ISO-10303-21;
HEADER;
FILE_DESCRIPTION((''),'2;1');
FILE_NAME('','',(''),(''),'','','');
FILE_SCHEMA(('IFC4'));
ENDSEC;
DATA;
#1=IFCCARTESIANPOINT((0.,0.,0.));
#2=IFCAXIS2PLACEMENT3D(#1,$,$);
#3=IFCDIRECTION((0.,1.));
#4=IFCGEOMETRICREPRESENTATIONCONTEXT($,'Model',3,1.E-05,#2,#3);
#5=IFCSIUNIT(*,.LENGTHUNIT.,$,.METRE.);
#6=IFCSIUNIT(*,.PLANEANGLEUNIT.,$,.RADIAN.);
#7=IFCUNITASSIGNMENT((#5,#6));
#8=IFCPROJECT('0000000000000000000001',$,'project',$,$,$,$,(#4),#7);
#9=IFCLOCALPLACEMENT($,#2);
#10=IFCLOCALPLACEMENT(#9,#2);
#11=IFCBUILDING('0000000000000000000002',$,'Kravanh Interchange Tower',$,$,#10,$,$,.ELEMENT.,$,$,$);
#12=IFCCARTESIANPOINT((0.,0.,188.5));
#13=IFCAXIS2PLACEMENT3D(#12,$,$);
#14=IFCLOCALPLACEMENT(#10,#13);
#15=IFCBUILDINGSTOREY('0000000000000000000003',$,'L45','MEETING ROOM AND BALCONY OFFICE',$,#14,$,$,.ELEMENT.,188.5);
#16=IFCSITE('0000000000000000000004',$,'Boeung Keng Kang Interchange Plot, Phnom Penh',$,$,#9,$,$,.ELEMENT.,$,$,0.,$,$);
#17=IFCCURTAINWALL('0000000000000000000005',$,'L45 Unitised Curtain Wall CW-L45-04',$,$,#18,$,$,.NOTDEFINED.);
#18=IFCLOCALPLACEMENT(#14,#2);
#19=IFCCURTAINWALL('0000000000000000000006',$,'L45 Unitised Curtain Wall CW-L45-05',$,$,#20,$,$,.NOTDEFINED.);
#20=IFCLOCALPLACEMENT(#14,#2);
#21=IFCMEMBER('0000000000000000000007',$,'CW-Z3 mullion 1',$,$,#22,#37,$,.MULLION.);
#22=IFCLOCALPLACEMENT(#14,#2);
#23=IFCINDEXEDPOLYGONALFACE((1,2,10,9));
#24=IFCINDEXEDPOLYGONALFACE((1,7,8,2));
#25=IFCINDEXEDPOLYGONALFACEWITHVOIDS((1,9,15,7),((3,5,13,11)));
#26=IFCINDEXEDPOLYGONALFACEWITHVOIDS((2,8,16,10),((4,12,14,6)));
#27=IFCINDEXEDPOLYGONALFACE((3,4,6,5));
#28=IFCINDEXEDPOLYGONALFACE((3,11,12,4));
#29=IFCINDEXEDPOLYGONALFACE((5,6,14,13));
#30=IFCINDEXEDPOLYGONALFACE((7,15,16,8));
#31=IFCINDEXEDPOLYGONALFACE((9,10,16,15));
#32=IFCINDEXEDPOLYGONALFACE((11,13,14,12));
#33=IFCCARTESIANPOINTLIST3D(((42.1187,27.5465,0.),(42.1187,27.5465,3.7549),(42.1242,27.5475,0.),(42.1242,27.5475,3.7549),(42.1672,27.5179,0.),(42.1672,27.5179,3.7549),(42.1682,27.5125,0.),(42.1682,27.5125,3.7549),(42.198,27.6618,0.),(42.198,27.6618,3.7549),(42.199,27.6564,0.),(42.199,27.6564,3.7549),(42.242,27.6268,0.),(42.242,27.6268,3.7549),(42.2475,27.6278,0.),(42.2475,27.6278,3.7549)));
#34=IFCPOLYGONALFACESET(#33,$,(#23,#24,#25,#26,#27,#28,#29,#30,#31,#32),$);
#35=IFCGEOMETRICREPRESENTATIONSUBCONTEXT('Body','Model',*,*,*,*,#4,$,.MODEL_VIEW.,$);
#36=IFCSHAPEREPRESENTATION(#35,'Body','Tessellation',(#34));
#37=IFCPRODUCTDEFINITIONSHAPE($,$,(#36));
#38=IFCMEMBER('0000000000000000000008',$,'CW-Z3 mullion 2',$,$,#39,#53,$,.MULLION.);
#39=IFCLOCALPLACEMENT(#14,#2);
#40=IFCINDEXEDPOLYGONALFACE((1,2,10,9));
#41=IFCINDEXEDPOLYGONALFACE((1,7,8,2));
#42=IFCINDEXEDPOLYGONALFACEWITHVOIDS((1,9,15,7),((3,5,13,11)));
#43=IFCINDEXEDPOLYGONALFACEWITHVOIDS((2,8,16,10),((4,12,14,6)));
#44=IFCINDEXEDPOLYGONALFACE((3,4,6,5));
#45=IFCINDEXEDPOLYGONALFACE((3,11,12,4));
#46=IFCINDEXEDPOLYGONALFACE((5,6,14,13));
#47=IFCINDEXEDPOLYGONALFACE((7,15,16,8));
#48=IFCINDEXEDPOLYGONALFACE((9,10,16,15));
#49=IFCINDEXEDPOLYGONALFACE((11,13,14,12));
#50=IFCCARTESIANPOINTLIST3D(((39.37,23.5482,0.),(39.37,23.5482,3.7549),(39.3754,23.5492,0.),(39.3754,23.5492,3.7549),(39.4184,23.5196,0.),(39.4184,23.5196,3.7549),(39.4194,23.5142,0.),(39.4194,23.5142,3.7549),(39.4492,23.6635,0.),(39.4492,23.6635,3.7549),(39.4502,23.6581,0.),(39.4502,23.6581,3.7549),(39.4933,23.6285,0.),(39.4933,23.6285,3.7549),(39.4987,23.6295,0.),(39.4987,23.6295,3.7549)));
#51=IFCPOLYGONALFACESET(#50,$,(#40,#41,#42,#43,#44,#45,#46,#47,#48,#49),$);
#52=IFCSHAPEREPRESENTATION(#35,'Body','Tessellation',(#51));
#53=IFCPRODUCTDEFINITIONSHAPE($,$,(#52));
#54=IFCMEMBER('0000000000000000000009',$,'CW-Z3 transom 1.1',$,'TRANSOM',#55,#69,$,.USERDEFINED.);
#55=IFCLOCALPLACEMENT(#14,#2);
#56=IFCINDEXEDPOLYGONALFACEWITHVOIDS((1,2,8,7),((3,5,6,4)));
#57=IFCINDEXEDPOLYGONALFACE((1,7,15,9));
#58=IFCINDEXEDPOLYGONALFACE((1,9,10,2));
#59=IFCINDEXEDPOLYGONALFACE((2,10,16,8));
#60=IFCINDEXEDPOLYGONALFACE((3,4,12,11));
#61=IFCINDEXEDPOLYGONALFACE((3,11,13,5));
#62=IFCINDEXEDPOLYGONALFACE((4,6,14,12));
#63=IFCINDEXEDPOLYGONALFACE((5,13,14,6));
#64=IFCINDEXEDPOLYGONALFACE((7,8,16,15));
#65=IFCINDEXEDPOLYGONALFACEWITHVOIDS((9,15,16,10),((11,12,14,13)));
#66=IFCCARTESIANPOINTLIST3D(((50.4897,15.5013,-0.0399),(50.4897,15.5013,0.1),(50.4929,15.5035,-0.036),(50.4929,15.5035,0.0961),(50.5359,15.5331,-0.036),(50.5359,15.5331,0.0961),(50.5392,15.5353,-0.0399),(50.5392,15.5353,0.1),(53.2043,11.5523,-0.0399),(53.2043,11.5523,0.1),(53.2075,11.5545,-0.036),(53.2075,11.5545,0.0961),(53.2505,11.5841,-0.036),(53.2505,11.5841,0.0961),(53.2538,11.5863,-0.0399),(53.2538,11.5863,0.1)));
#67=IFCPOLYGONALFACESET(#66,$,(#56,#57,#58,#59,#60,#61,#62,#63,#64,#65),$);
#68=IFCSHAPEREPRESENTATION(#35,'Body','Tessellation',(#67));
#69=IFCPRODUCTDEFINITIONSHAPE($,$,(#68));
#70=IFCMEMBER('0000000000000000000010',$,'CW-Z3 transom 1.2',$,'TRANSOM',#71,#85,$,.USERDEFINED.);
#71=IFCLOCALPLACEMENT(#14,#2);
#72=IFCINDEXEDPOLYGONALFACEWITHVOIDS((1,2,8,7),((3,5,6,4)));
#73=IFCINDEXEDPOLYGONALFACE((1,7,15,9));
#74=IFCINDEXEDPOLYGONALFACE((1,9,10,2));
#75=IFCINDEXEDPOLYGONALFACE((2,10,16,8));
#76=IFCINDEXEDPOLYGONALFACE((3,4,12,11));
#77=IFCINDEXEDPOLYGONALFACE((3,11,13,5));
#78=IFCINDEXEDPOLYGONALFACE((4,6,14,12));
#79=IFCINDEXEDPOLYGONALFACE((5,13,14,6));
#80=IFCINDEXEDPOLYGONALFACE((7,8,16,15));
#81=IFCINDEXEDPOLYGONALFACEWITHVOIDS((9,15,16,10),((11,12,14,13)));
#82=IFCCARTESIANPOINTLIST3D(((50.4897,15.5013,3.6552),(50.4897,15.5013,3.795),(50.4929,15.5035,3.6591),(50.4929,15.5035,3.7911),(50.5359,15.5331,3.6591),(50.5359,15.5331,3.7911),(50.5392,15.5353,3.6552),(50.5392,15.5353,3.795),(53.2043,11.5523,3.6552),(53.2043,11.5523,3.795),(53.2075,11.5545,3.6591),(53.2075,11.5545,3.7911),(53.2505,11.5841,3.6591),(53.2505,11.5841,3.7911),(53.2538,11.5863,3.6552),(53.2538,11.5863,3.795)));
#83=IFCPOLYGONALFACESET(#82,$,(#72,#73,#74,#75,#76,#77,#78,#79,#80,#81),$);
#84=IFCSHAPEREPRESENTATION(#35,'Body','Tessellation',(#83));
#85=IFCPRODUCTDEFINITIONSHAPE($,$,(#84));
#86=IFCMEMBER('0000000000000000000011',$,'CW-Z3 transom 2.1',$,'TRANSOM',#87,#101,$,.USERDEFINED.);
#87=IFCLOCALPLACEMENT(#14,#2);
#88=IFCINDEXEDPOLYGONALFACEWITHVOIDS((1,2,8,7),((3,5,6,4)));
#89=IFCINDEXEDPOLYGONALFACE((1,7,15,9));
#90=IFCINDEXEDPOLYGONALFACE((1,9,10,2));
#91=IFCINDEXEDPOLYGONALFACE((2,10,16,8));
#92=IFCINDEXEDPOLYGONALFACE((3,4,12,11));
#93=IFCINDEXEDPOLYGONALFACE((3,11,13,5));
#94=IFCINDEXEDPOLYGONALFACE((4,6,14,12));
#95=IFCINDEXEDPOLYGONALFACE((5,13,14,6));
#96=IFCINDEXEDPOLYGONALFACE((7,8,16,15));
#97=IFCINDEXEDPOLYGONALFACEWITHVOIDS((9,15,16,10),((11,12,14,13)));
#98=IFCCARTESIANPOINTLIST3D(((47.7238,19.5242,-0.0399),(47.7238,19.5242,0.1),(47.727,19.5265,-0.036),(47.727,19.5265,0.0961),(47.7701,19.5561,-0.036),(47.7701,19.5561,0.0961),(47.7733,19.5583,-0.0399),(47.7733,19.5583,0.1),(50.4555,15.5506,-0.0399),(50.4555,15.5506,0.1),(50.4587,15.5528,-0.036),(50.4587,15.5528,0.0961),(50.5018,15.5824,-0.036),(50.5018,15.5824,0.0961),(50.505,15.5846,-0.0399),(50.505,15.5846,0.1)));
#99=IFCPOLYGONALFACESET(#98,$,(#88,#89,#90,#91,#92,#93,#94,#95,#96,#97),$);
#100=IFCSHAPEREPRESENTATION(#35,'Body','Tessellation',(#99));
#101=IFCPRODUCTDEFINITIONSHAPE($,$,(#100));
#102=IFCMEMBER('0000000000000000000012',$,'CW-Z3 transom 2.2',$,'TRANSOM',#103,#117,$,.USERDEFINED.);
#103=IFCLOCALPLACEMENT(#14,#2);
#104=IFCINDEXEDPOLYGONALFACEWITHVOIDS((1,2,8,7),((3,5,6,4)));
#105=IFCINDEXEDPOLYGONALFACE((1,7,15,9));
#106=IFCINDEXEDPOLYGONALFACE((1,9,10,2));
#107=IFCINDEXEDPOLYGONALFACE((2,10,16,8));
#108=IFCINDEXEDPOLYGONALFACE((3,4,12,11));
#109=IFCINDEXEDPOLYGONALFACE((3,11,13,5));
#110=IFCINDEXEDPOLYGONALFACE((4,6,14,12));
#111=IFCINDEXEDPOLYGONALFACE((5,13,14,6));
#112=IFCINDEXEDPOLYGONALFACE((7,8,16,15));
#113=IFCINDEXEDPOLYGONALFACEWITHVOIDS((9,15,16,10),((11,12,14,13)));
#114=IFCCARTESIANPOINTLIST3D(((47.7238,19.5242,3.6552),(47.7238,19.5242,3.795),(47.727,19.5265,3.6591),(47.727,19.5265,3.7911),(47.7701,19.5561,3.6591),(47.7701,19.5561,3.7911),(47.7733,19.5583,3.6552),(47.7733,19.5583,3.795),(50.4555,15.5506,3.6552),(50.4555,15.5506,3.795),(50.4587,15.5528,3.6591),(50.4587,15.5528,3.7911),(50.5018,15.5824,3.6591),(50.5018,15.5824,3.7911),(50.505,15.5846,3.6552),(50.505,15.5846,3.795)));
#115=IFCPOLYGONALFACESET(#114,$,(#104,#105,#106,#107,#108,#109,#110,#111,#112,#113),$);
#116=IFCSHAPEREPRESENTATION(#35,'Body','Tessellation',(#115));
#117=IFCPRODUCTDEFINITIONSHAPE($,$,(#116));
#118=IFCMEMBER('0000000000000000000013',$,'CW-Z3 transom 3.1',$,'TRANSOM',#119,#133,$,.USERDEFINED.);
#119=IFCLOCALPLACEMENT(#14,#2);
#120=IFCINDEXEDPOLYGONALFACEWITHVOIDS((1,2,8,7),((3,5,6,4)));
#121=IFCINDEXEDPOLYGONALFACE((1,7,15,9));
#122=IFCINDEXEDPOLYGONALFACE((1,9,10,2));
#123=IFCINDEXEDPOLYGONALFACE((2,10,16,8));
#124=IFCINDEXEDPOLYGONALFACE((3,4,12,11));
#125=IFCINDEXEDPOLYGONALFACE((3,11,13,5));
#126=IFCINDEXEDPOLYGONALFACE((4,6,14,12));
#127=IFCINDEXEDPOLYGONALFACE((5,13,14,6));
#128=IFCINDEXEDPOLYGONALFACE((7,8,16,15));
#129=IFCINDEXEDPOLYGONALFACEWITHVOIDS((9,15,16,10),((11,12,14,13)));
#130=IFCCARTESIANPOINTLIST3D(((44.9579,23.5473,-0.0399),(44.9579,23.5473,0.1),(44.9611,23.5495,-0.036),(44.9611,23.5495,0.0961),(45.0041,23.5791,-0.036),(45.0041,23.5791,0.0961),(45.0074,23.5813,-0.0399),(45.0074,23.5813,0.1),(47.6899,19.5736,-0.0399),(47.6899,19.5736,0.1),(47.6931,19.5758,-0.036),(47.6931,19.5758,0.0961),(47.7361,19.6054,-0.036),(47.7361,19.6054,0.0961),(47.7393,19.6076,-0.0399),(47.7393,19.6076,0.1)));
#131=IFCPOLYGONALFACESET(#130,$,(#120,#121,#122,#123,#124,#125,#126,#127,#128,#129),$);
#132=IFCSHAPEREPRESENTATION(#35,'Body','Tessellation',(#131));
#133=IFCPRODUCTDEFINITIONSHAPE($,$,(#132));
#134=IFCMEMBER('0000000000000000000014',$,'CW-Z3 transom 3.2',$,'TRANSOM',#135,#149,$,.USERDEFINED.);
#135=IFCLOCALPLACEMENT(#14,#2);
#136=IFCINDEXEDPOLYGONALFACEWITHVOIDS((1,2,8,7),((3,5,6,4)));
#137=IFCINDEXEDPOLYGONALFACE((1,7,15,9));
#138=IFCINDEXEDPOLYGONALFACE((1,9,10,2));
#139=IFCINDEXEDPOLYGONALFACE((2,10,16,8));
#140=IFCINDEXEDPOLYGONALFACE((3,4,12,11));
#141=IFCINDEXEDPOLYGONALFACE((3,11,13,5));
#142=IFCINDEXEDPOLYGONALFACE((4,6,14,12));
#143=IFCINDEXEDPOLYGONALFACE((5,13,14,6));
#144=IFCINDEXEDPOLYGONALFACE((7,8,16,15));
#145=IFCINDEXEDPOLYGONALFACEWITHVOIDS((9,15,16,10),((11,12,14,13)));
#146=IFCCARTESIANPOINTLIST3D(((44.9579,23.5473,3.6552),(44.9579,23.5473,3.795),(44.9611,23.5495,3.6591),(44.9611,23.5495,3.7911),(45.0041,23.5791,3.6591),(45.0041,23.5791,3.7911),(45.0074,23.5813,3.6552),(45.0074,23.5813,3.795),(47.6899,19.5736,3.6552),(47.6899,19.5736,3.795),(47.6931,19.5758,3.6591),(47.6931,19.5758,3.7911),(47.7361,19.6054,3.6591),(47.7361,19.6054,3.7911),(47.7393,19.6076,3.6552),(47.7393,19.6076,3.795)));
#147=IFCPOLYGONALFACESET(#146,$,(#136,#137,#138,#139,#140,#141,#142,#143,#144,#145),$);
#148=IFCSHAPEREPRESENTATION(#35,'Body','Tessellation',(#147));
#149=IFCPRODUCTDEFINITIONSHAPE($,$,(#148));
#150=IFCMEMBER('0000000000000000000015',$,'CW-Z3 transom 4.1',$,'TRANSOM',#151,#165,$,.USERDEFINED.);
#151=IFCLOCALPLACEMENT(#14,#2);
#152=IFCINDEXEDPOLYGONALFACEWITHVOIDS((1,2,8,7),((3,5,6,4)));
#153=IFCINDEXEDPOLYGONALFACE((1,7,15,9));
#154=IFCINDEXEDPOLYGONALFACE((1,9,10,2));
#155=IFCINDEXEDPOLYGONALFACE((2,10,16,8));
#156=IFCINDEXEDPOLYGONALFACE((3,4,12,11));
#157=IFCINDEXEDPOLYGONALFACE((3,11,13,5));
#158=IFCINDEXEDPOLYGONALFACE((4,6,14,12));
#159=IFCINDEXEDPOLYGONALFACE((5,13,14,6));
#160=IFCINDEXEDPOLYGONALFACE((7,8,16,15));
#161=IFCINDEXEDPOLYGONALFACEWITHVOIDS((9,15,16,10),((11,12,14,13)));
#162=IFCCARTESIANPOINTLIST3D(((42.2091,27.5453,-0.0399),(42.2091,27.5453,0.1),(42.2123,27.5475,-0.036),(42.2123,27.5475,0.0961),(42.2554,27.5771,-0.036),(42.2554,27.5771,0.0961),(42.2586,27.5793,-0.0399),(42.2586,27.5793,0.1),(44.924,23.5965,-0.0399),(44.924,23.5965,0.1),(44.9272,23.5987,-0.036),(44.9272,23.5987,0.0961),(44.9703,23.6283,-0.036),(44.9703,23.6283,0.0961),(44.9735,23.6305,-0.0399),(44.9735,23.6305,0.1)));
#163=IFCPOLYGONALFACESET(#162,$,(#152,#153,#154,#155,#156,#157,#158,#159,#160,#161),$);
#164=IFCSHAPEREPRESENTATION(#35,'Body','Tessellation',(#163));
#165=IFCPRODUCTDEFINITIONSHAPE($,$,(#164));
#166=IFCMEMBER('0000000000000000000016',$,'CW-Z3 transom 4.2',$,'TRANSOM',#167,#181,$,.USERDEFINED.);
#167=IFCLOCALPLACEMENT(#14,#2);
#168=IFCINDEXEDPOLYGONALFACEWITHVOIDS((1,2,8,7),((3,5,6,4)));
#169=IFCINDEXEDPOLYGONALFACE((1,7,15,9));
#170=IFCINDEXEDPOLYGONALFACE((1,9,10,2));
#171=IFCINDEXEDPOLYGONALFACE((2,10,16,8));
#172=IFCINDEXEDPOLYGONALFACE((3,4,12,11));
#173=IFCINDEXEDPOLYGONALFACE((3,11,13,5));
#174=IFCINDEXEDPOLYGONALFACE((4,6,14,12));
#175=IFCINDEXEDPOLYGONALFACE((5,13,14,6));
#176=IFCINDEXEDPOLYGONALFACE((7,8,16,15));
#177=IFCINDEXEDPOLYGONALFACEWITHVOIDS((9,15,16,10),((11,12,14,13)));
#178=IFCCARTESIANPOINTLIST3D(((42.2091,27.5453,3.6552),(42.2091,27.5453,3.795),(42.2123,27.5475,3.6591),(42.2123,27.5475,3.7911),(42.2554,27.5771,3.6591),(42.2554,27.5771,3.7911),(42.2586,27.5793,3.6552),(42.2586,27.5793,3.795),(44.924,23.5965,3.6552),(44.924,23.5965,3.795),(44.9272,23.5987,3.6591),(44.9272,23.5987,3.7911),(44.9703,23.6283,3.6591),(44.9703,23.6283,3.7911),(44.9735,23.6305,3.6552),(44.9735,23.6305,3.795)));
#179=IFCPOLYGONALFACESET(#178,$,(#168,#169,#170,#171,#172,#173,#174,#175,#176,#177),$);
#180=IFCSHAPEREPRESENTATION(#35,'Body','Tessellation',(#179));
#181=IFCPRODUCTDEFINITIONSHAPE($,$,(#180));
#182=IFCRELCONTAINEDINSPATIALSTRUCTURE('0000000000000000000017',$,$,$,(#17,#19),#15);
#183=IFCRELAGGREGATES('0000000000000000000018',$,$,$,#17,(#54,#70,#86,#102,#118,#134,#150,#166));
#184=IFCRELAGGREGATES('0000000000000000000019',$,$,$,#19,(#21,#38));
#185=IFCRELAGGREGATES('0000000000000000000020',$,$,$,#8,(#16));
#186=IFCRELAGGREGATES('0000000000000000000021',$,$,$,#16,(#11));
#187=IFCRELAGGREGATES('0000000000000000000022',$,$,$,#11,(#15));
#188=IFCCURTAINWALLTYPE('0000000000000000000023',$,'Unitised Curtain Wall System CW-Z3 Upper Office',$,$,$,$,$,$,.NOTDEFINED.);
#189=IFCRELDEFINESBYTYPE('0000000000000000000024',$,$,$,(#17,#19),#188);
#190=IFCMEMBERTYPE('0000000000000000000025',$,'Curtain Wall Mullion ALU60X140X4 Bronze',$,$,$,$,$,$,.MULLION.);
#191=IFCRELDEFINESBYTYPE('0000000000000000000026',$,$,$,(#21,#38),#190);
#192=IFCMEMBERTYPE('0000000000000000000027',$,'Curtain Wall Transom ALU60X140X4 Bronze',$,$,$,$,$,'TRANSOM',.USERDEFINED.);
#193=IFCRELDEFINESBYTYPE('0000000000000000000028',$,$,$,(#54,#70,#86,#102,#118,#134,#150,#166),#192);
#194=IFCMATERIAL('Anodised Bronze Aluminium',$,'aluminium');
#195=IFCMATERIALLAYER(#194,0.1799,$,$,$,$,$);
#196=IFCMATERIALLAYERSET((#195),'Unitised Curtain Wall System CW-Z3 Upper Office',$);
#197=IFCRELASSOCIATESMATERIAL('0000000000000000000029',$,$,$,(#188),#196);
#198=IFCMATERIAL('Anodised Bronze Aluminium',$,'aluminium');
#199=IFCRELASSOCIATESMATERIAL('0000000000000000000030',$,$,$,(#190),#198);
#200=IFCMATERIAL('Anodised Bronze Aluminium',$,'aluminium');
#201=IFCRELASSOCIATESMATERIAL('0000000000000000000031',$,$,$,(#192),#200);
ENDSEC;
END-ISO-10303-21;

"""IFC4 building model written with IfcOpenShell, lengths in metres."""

from ifc_helpers import new_model, si_unit, direction, frame, origin, origin_2d, place, context, subcontext, project, spatial, hollow_rectangle, extrude, material, layer, layer_set, material_profile, profile_set, type_object, element, aggregate, save


model = new_model("IFC4")

# Units and contexts
model_context = context("Model", 3, precision=1e-05, world=origin(), true_north=direction((0.0, 1.0)))
body_context = subcontext(model_context, "Body", "Model", "MODEL_VIEW")
ifc_project = project(units=[si_unit("LENGTHUNIT", "METRE"), si_unit("PLANEANGLEUNIT", "RADIAN")], contexts=[model_context])

# Site, building, storey
site_placement = place(None, origin())
site = spatial("IfcSite", under=ifc_project, at=site_placement, Name="Boeung Keng Kang Interchange Plot, Phnom Penh", CompositionType="ELEMENT", RefElevation=0.0)
building_placement = place(site_placement, origin())
building = spatial("IfcBuilding", under=site, at=building_placement, Name="Kravanh Interchange Tower", CompositionType="ELEMENT")
storey_placement = place(building_placement, frame((0.0, 0.0, 188.5)))
storey = spatial("IfcBuildingStorey", under=building, at=storey_placement, Name="L45", Description="MEETING ROOM AND BALCONY OFFICE", CompositionType="ELEMENT", Elevation=188.5)

# Shared definitions
ifc_material_1 = material(Name="Anodised Bronze Aluminium", Category="aluminium")
ifc_layer_1 = layer(ifc_material_1, 0.1799)
ifc_layer_set_1 = layer_set([ifc_layer_1], Name="Unitised Curtain Wall System CW-Z3 Upper Office")
curtain_wall_type = type_object("IfcCurtainWallType", Name="Unitised Curtain Wall System CW-Z3 Upper Office", PredefinedType="NOTDEFINED", material=ifc_layer_set_1)
ifc_material_2 = material(Name="Anodised Bronze Aluminium", Category="aluminium")
ifc_material_profile_1 = material_profile(ifc_material_2, hollow_rectangle(XDim=0.0601, YDim=0.1399, WallThickness=0.0039, at=origin_2d()), Name="ALU60X140X4")
ifc_profile_set_1 = profile_set([ifc_material_profile_1], Name="Anodised Bronze Aluminium")
member_type_1 = type_object("IfcMemberType", Name="Curtain Wall Mullion ALU60X140X4 Bronze", PredefinedType="MULLION", material=ifc_profile_set_1)

# Curtain walls, members
curtain_wall_1_placement = place(storey_placement, origin())
curtain_wall_1 = element("IfcCurtainWall", 1, at=curtain_wall_1_placement, inside=storey, type_object=curtain_wall_type, Name="L45 Unitised Curtain Wall CW-L45-04", PredefinedType="NOTDEFINED")
curtain_wall_2_placement = place(storey_placement, origin())
curtain_wall_2 = element("IfcCurtainWall", 2, at=curtain_wall_2_placement, inside=storey, type_object=curtain_wall_type, Name="L45 Unitised Curtain Wall CW-L45-05", PredefinedType="NOTDEFINED")
member_1_placement = place(storey_placement, frame((42.1831, 27.5872, 0.0), z_axis=(0.0, 0.0, 1.0), x_axis=(0.824042, -0.566528, 0.0)))
member_1 = element("IfcMember", 3, at=member_1_placement, type_object=member_type_1, Name="CW-Z3 mullion 1", PredefinedType="MULLION", context=body_context, shape_type="SweptSolid", body=[
    extrude(hollow_rectangle(XDim=0.0601, YDim=0.1399, WallThickness=0.0039, at=origin_2d()), origin(), (0.0, 0.0, 1.0), 3.7549),
])
member_2_placement = place(storey_placement, frame((39.4343, 23.5889, 0.0), z_axis=(0.0, 0.0, 1.0), x_axis=(0.824042, -0.566528, 0.0)))
member_2 = element("IfcMember", 4, at=member_2_placement, type_object=member_type_1, Name="CW-Z3 mullion 2", PredefinedType="MULLION", context=body_context, shape_type="SweptSolid", body=[
    extrude(hollow_rectangle(XDim=0.0601, YDim=0.1399, WallThickness=0.0039, at=origin_2d()), origin(), (0.0, 0.0, 1.0), 3.7549),
])

# Members
ifc_material_3 = material(Name="Anodised Bronze Aluminium", Category="aluminium")
ifc_material_profile_2 = material_profile(ifc_material_3, hollow_rectangle(XDim=0.0601, YDim=0.1399, WallThickness=0.0039, at=origin_2d()), Name="ALU60X140X4")
ifc_profile_set_2 = profile_set([ifc_material_profile_2], Name="Anodised Bronze Aluminium")
member_type_2 = type_object("IfcMemberType", Name="Curtain Wall Transom ALU60X140X4 Bronze", ElementType="TRANSOM", PredefinedType="USERDEFINED", material=ifc_profile_set_2)
member_3_placement = place(storey_placement, frame((53.229, 11.5693, 0.03), z_axis=(-0.566483, 0.824073, 0.0), x_axis=(-0.824073, -0.566483, 0.0)))
member_3 = element("IfcMember", 5, at=member_3_placement, type_object=member_type_2, Name="CW-Z3 transom 1.1", ObjectType="TRANSOM", PredefinedType="USERDEFINED", context=body_context, shape_type="SweptSolid", body=[
    extrude(hollow_rectangle(XDim=0.0601, YDim=0.1399, WallThickness=0.0039, at=origin_2d()), origin(), (0.0, 0.0, 1.0), 4.792),
])
member_4_placement = place(storey_placement, frame((53.229, 11.5693, 3.7251), z_axis=(-0.566483, 0.824073, 0.0), x_axis=(-0.824073, -0.566483, 0.0)))
member_4 = element("IfcMember", 6, at=member_4_placement, type_object=member_type_2, Name="CW-Z3 transom 1.2", ObjectType="TRANSOM", PredefinedType="USERDEFINED", context=body_context, shape_type="SweptSolid", body=[
    extrude(hollow_rectangle(XDim=0.0601, YDim=0.1399, WallThickness=0.0039, at=origin_2d()), origin(), (0.0, 0.0, 1.0), 4.792),
])
member_5_placement = place(storey_placement, frame((50.4802, 15.5676, 0.03), z_axis=(-0.566503, 0.82406, 0.0), x_axis=(-0.82406, -0.566503, 0.0)))
member_5 = element("IfcMember", 7, at=member_5_placement, type_object=member_type_2, Name="CW-Z3 transom 2.1", ObjectType="TRANSOM", PredefinedType="USERDEFINED", context=body_context, shape_type="SweptSolid", body=[
    extrude(hollow_rectangle(XDim=0.0601, YDim=0.1399, WallThickness=0.0039, at=origin_2d()), origin(), (0.0, 0.0, 1.0), 4.822),
])
member_6_placement = place(storey_placement, frame((50.4802, 15.5676, 3.7251), z_axis=(-0.566503, 0.82406, 0.0), x_axis=(-0.82406, -0.566503, 0.0)))
member_6 = element("IfcMember", 8, at=member_6_placement, type_object=member_type_2, Name="CW-Z3 transom 2.2", ObjectType="TRANSOM", PredefinedType="USERDEFINED", context=body_context, shape_type="SweptSolid", body=[
    extrude(hollow_rectangle(XDim=0.0601, YDim=0.1399, WallThickness=0.0039, at=origin_2d()), origin(), (0.0, 0.0, 1.0), 4.822),
])
member_7_placement = place(storey_placement, frame((47.7146, 19.5906, 0.03), z_axis=(-0.566537, 0.824036, 0.0), x_axis=(-0.824036, -0.566537, 0.0)))
member_7 = element("IfcMember", 9, at=member_7_placement, type_object=member_type_2, Name="CW-Z3 transom 3.1", ObjectType="TRANSOM", PredefinedType="USERDEFINED", context=body_context, shape_type="SweptSolid", body=[
    extrude(hollow_rectangle(XDim=0.0601, YDim=0.1399, WallThickness=0.0039, at=origin_2d()), origin(), (0.0, 0.0, 1.0), 4.8223),
])
member_8_placement = place(storey_placement, frame((47.7146, 19.5906, 3.7251), z_axis=(-0.566537, 0.824036, 0.0), x_axis=(-0.824036, -0.566537, 0.0)))
member_8 = element("IfcMember", 10, at=member_8_placement, type_object=member_type_2, Name="CW-Z3 transom 3.2", ObjectType="TRANSOM", PredefinedType="USERDEFINED", context=body_context, shape_type="SweptSolid", body=[
    extrude(hollow_rectangle(XDim=0.0601, YDim=0.1399, WallThickness=0.0039, at=origin_2d()), origin(), (0.0, 0.0, 1.0), 4.8223),
])
member_9_placement = place(storey_placement, frame((44.9487, 23.6135, 0.03), z_axis=(-0.566542, 0.824033, 0.0), x_axis=(-0.824033, -0.566542, 0.0)))
member_9 = element("IfcMember", 11, at=member_9_placement, type_object=member_type_2, Name="CW-Z3 transom 4.1", ObjectType="TRANSOM", PredefinedType="USERDEFINED", context=body_context, shape_type="SweptSolid", body=[
    extrude(hollow_rectangle(XDim=0.0601, YDim=0.1399, WallThickness=0.0039, at=origin_2d()), origin(), (0.0, 0.0, 1.0), 4.792),
])
member_10_placement = place(storey_placement, frame((44.9487, 23.6135, 3.7251), z_axis=(-0.566542, 0.824033, 0.0), x_axis=(-0.824033, -0.566542, 0.0)))
member_10 = element("IfcMember", 12, at=member_10_placement, type_object=member_type_2, Name="CW-Z3 transom 4.2", ObjectType="TRANSOM", PredefinedType="USERDEFINED", context=body_context, shape_type="SweptSolid", body=[
    extrude(hollow_rectangle(XDim=0.0601, YDim=0.1399, WallThickness=0.0039, at=origin_2d()), origin(), (0.0, 0.0, 1.0), 4.792),
])

aggregate(curtain_wall_1, [member_3, member_4, member_5, member_6, member_7, member_8, member_9, member_10])
aggregate(curtain_wall_2, [member_1, member_2])

save(model, "model.ifc")
